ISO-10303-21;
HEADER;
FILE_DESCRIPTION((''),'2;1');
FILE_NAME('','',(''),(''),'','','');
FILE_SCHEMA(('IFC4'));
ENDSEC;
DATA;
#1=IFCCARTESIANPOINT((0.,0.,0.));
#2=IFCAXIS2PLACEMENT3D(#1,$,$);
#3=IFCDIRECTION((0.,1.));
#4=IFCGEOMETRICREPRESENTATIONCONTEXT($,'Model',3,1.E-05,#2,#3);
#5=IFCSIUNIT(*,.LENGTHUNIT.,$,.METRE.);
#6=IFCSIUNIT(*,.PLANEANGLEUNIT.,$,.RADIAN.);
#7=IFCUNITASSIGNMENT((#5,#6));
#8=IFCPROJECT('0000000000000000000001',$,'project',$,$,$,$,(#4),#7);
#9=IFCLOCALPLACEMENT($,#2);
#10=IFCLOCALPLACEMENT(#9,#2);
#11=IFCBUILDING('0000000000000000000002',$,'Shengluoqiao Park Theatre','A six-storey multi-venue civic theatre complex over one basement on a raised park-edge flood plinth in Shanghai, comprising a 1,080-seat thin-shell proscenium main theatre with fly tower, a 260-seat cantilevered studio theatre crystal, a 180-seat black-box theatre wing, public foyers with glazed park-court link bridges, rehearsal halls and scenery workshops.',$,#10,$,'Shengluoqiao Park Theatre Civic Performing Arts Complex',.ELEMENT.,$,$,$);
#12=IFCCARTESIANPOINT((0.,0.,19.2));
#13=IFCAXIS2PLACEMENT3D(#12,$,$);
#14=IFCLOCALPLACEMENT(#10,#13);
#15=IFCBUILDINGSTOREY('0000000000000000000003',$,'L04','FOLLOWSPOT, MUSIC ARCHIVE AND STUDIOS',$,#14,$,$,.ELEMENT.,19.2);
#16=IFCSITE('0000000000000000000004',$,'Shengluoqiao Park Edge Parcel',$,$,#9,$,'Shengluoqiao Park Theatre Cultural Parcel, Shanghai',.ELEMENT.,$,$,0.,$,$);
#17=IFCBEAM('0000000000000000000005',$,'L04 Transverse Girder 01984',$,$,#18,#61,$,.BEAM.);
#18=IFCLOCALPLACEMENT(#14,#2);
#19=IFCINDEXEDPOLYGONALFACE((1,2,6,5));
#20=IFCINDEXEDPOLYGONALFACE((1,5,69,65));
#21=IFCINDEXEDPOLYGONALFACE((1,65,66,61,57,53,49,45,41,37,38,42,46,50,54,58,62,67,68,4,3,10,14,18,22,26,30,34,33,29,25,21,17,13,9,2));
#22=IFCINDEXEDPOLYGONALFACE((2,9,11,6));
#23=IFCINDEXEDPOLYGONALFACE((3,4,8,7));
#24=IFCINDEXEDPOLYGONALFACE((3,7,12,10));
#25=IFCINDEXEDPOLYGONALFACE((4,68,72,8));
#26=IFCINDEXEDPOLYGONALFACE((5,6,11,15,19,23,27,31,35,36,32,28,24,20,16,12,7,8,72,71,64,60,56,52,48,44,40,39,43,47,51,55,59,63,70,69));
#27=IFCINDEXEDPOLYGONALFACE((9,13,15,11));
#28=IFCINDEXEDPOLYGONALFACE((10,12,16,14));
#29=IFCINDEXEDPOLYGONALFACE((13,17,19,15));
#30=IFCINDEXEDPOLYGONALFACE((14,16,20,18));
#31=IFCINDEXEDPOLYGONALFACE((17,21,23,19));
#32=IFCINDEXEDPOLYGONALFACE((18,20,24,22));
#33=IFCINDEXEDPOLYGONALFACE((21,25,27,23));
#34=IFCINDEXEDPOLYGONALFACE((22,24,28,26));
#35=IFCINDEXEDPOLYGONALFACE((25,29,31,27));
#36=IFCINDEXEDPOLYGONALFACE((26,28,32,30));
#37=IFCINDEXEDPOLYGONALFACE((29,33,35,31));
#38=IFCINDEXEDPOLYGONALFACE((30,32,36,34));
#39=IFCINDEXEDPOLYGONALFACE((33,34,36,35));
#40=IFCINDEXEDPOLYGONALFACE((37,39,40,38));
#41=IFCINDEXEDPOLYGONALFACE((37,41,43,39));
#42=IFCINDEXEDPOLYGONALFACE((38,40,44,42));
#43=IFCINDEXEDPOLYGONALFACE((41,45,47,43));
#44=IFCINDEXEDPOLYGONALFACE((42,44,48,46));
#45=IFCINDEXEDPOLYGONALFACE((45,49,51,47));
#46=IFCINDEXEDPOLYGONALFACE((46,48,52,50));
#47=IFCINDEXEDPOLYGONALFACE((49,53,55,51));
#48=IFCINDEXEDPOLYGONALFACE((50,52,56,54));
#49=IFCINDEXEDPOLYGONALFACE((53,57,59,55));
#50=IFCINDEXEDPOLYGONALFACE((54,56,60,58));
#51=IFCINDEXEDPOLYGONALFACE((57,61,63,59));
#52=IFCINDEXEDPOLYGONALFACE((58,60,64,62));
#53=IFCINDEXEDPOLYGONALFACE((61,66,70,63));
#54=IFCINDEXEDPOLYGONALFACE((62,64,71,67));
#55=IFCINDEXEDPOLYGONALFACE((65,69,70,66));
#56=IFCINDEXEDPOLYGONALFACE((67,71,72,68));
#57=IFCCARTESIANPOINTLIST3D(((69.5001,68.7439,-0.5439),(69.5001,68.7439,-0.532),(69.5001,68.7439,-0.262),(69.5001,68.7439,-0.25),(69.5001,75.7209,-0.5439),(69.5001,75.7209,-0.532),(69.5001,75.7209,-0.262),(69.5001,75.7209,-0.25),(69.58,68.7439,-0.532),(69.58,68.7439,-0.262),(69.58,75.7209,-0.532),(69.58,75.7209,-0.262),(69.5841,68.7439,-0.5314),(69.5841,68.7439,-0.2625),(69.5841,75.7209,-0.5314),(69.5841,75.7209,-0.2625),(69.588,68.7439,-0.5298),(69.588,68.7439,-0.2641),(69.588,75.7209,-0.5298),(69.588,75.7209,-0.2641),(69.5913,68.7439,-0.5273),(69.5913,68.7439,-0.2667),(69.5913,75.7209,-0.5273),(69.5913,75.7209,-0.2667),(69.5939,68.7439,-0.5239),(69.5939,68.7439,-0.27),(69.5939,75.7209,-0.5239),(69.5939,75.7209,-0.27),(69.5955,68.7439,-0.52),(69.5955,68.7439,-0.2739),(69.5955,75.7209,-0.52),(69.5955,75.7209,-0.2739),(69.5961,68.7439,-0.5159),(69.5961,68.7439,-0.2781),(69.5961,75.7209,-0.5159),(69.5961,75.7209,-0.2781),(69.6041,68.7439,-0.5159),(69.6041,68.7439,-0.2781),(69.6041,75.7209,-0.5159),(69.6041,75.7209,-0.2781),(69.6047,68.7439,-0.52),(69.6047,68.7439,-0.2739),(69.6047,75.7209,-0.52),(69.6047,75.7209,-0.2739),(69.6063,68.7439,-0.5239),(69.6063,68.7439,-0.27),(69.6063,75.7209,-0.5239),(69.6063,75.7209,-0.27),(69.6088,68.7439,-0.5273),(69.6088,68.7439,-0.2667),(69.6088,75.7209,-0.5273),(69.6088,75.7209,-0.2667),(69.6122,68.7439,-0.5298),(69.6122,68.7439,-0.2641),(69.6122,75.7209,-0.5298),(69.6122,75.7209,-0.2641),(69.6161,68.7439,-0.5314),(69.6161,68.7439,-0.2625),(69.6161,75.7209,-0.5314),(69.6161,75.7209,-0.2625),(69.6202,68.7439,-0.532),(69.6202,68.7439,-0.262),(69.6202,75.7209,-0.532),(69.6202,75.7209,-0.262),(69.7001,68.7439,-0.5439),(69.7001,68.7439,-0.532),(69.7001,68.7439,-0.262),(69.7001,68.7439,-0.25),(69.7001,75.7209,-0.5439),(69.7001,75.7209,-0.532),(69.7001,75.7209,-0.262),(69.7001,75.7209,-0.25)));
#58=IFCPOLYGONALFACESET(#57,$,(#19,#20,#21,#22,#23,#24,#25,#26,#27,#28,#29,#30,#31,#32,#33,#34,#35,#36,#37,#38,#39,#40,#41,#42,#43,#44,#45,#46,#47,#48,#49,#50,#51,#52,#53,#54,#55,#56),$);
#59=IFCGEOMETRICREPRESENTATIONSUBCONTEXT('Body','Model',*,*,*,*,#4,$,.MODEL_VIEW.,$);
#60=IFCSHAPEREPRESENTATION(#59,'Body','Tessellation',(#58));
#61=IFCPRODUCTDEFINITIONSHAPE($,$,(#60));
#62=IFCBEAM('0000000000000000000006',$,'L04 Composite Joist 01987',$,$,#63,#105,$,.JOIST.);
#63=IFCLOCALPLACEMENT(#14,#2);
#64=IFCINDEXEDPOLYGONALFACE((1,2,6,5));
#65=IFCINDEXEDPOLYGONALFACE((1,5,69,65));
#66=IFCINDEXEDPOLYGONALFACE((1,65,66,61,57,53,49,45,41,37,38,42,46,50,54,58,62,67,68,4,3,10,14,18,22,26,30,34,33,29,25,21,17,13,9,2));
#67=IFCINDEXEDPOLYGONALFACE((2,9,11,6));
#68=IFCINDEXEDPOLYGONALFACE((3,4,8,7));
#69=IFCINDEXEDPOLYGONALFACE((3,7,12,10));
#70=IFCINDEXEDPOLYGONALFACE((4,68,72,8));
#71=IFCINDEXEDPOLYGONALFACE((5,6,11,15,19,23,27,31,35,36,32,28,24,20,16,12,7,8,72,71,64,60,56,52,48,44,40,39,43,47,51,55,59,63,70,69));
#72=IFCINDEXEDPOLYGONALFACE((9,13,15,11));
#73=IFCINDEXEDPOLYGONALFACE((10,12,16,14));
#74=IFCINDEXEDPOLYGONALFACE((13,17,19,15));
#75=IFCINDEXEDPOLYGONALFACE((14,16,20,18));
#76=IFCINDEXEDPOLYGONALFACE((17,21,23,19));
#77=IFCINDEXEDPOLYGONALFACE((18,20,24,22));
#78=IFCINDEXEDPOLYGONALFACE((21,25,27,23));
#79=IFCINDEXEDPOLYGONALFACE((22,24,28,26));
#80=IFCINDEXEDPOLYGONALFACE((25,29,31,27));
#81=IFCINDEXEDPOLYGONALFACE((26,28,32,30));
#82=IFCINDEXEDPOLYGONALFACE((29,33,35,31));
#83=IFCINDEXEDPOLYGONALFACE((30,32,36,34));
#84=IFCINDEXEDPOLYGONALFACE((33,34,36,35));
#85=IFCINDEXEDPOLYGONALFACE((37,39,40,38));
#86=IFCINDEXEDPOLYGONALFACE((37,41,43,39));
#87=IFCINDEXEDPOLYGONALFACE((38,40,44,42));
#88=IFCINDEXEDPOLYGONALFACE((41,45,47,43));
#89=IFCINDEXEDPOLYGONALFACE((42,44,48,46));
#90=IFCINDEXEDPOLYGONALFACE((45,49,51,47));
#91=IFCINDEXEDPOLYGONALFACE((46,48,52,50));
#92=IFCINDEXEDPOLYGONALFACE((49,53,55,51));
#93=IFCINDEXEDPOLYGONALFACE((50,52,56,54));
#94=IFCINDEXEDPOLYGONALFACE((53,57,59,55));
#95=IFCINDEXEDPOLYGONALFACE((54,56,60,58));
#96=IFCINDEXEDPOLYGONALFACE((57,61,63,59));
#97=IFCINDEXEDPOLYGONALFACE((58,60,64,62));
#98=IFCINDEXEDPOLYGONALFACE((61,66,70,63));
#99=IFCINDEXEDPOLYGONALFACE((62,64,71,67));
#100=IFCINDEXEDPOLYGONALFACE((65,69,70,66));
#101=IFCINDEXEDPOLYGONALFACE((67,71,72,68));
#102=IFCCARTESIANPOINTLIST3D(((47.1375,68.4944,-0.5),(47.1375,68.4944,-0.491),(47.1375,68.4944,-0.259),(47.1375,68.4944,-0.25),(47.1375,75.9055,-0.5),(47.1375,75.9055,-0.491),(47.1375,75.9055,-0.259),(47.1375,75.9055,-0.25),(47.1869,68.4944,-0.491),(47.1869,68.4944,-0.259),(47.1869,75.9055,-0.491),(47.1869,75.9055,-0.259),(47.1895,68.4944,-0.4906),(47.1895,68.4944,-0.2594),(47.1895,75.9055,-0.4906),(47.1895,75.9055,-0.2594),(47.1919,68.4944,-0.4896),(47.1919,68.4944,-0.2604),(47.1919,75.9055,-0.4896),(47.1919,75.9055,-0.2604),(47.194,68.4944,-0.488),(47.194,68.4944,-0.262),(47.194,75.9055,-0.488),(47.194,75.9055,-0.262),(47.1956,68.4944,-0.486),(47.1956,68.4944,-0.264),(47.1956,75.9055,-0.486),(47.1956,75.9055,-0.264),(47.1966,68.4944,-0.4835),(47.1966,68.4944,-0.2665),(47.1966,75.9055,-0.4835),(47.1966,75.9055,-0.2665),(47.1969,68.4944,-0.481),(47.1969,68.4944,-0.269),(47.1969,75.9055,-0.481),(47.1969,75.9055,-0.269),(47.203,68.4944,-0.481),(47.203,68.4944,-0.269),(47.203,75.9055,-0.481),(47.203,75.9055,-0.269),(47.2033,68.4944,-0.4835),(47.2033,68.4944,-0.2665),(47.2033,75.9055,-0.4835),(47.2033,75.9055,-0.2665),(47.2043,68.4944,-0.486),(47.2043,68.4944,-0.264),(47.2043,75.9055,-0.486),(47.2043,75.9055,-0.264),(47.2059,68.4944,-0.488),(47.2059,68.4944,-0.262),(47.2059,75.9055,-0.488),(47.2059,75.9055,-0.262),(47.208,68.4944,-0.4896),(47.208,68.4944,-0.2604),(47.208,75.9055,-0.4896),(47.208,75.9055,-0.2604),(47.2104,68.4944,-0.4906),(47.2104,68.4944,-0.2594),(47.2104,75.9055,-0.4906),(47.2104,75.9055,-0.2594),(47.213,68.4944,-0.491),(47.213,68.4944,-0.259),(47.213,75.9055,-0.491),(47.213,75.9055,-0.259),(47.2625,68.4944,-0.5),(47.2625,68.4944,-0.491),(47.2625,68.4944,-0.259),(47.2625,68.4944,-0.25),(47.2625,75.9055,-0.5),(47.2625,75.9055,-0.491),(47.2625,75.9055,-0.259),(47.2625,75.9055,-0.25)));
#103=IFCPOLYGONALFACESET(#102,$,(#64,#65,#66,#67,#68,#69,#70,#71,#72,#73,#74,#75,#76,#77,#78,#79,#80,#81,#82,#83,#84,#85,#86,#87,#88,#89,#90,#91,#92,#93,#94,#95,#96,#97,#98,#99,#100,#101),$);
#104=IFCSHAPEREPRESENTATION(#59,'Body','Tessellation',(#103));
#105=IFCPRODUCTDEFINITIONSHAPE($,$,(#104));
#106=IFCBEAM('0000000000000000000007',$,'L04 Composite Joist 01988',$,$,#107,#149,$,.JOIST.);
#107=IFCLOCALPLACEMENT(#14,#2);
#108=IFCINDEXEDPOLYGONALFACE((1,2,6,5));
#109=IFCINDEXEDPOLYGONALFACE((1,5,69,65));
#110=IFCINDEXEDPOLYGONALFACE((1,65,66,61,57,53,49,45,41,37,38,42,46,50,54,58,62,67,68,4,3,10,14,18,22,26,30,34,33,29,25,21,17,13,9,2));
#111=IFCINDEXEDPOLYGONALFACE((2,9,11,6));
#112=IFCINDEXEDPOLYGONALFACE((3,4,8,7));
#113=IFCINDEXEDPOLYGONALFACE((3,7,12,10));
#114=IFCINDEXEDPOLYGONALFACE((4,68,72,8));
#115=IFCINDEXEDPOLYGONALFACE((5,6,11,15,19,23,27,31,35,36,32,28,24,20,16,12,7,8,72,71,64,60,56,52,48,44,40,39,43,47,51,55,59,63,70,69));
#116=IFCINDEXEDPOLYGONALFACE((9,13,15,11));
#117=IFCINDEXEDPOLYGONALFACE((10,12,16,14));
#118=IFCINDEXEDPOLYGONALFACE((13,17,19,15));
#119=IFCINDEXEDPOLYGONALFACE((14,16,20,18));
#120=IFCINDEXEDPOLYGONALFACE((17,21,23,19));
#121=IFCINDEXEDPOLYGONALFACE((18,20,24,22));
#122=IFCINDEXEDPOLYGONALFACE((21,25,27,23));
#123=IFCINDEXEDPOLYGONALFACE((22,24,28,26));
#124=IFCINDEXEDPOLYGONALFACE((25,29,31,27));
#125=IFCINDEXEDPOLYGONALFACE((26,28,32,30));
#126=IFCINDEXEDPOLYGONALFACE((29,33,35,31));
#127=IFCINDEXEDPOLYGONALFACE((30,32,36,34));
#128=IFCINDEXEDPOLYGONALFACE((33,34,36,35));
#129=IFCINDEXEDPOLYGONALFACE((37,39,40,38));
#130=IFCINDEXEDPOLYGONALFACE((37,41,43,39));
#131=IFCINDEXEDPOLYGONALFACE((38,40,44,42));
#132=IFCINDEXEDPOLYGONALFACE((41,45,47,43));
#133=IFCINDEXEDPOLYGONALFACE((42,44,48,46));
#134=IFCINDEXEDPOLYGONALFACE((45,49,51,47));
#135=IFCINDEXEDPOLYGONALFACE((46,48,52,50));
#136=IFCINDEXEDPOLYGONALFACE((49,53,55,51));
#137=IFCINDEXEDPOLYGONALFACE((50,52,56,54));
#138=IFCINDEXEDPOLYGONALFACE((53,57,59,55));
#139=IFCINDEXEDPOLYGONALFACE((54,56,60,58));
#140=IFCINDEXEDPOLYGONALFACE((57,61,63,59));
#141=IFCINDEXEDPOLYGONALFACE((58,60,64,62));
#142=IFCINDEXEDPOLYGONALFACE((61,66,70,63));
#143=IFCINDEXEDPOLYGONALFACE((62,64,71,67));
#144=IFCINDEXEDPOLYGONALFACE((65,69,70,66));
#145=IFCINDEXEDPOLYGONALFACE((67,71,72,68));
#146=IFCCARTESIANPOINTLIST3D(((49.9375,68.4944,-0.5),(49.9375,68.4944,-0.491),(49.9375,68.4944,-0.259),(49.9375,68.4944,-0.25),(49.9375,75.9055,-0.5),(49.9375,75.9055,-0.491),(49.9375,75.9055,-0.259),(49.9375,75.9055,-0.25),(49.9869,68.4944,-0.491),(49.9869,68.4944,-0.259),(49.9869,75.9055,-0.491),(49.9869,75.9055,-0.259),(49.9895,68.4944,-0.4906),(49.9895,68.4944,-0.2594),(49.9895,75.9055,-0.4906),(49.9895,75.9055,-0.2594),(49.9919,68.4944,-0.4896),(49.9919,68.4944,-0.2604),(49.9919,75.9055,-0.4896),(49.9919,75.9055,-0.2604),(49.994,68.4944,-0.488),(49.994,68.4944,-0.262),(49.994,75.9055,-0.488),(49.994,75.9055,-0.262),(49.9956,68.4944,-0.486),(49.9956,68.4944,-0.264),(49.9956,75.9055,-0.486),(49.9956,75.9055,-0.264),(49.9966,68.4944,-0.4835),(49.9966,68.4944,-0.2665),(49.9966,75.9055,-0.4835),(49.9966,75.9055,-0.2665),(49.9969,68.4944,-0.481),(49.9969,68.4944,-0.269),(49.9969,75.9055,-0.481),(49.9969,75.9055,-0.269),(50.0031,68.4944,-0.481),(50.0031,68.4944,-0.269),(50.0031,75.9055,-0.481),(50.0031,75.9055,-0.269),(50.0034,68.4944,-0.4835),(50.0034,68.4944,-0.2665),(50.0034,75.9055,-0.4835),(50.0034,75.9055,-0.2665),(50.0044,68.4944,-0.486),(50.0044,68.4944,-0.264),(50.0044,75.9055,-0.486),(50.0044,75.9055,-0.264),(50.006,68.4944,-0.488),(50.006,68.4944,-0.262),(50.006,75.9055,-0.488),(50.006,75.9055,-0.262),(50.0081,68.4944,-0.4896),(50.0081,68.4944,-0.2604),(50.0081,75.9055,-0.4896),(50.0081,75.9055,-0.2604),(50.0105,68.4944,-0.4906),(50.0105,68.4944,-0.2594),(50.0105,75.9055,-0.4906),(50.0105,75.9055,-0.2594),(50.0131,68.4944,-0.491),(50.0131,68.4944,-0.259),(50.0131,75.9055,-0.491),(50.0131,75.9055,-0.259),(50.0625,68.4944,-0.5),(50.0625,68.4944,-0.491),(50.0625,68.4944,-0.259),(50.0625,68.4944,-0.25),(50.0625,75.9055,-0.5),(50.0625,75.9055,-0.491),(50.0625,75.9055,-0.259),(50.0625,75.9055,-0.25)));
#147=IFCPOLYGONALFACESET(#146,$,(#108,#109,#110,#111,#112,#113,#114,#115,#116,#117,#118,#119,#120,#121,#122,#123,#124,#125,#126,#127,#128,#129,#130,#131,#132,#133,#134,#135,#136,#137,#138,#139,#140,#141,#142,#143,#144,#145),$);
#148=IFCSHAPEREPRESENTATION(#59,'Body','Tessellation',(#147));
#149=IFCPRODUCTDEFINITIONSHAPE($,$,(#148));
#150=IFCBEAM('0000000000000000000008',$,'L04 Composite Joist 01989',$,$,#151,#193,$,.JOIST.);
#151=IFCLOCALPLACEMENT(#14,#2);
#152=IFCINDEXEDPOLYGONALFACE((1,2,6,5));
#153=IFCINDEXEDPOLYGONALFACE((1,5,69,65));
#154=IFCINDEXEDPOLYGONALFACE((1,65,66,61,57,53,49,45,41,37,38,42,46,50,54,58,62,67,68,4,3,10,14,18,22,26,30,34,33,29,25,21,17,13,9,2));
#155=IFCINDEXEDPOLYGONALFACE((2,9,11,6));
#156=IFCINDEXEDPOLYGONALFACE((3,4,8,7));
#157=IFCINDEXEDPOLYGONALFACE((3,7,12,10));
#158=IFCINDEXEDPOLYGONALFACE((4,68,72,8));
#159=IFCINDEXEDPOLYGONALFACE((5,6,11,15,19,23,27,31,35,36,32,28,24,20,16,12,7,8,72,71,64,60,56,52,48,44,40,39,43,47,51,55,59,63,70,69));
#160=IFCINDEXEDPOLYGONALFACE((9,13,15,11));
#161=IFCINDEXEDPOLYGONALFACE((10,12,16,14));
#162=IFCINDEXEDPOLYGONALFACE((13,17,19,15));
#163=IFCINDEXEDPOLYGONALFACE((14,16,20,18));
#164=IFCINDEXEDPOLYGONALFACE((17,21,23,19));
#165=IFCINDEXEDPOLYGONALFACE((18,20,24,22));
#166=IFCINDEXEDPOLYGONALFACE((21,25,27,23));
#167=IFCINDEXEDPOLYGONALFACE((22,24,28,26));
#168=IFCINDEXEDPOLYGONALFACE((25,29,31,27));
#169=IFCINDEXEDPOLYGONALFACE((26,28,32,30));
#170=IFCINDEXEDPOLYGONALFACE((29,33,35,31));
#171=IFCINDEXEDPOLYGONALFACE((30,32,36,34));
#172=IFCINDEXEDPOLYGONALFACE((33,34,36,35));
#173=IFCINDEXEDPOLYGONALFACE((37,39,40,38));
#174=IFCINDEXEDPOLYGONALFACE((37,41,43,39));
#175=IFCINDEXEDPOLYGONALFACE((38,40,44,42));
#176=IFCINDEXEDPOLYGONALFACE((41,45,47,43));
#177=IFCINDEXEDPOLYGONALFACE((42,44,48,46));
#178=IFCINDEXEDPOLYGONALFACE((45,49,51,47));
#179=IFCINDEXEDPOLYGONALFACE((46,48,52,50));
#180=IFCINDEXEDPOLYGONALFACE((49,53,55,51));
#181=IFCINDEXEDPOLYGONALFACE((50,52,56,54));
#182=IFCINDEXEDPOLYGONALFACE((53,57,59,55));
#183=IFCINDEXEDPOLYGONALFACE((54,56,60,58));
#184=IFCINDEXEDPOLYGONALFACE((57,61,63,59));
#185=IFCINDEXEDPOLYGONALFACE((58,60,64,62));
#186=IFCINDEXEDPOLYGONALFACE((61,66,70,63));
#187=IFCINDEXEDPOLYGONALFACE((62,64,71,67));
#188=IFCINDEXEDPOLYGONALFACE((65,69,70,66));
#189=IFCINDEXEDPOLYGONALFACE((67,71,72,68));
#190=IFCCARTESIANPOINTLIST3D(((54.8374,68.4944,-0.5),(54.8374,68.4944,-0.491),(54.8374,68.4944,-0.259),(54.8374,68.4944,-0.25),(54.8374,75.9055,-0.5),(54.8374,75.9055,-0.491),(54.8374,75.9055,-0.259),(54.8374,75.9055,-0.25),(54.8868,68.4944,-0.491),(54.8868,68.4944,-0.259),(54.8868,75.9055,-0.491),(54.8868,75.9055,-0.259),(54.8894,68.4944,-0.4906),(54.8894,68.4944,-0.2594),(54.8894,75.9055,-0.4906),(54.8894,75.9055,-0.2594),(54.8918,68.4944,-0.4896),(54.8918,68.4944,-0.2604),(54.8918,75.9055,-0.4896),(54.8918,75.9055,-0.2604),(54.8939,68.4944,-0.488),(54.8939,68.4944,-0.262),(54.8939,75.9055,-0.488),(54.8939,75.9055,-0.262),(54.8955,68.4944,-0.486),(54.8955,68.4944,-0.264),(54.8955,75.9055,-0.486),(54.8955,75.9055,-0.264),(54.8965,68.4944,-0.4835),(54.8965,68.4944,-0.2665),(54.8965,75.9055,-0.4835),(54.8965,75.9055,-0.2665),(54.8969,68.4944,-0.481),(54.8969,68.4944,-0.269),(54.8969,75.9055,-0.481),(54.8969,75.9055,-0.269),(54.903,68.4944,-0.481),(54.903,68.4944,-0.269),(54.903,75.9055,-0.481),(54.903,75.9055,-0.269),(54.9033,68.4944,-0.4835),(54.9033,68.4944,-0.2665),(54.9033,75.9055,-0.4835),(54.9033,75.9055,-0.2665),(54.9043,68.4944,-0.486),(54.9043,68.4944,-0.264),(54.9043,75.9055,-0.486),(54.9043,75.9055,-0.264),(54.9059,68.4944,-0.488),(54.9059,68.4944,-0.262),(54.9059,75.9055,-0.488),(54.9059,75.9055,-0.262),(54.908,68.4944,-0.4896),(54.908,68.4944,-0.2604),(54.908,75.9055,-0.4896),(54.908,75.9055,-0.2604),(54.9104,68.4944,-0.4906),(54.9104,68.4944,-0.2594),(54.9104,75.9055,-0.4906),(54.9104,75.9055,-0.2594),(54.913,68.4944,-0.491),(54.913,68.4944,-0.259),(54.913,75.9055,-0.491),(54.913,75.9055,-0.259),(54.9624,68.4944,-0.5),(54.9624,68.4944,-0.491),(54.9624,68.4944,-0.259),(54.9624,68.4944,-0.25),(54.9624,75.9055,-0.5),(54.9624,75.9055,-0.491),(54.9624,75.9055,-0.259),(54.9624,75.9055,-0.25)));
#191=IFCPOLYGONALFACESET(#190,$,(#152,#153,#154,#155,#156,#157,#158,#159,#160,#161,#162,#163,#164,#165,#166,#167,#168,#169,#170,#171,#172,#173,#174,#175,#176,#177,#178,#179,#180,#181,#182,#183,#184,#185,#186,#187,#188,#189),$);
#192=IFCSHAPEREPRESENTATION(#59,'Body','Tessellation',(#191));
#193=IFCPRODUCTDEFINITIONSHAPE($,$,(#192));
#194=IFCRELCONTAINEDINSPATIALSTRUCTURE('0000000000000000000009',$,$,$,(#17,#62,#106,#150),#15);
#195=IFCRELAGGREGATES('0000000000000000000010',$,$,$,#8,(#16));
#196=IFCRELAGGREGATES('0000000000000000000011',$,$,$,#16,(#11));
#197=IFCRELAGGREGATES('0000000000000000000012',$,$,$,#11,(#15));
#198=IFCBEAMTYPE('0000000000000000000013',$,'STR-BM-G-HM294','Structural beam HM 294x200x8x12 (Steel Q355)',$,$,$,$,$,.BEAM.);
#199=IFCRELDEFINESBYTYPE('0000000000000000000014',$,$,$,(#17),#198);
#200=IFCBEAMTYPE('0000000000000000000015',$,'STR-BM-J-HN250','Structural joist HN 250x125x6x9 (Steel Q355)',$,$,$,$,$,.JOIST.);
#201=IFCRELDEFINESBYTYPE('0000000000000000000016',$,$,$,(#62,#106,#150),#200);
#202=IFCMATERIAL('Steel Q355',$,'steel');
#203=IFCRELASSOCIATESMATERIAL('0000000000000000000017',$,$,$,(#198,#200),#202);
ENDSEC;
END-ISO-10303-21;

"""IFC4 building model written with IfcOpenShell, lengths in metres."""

from ifc_helpers import new_model, si_unit, direction, frame, origin, origin_2d, place, context, subcontext, project, spatial, i_section, extrude, material, material_profile, profile_set, type_object, element, save


model = new_model("IFC4")

# Units and contexts
model_context = context("Model", 3, precision=1e-05, world=origin(), true_north=direction((0.0, 1.0)))
body_context = subcontext(model_context, "Body", "Model", "MODEL_VIEW")
ifc_project = project(units=[si_unit("LENGTHUNIT", "METRE"), si_unit("PLANEANGLEUNIT", "RADIAN")], contexts=[model_context])

# Site, building, storey
site_placement = place(None, origin())
site = spatial("IfcSite", under=ifc_project, at=site_placement, Name="Shengluoqiao Park Edge Parcel", LongName="Shengluoqiao Park Theatre Cultural Parcel, Shanghai", CompositionType="ELEMENT", RefElevation=0.0)
building_placement = place(site_placement, origin())
building = spatial("IfcBuilding", under=site, at=building_placement, Name="Shengluoqiao Park Theatre", Description="A six-storey multi-venue civic theatre complex over one basement on a raised park-edge flood plinth in Shanghai, comprising a 1,080-seat thin-shell proscenium main theatre with fly tower, a 260-seat cantilevered studio theatre crystal, a 180-seat black-box theatre wing, public foyers with glazed park-court link bridges, rehearsal halls and scenery workshops.", LongName="Shengluoqiao Park Theatre Civic Performing Arts Complex", CompositionType="ELEMENT")
storey_placement = place(building_placement, frame((0.0, 0.0, 19.2)))
storey = spatial("IfcBuildingStorey", under=building, at=storey_placement, Name="L04", Description="FOLLOWSPOT, MUSIC ARCHIVE AND STUDIOS", CompositionType="ELEMENT", Elevation=19.2)

# Beams
ifc_material_1 = material(Name="Steel Q355", Category="steel")
ifc_material_profile_1 = material_profile(ifc_material_1, i_section(OverallWidth=0.2, OverallDepth=0.2939, WebThickness=0.0081, FlangeThickness=0.012, FilletRadius=0.0161, at=origin_2d()), Name="HM 294x200x8x12")
ifc_profile_set_1 = profile_set([ifc_material_profile_1], Name="Steel Q355")
beam_type_1 = type_object("IfcBeamType", Name="STR-BM-G-HM294", Description="Structural beam HM 294x200x8x12 (Steel Q355)", PredefinedType="BEAM", material=ifc_profile_set_1)
for number, where, z_axis, x_axis, name in (
    (1, (69.6001, 68.7439, -0.397), (0.0, 1.0, 0.0), (-1.0, 0.0, 0.0), "L04 Transverse Girder 01984"),
):
    element("IfcBeam", number, at=place(storey_placement, frame(where, z_axis=z_axis, x_axis=x_axis)), inside=storey, type_object=beam_type_1, Name=name, PredefinedType="BEAM", context=body_context, shape_type="SweptSolid", body=[
        extrude(i_section(OverallWidth=0.2, OverallDepth=0.2939, WebThickness=0.0081, FlangeThickness=0.012, FilletRadius=0.0161, at=origin_2d()), origin(), (0.0, 0.0, 1.0), 6.9771),
    ])
ifc_material_profile_2 = material_profile(ifc_material_1, i_section(OverallWidth=0.125, OverallDepth=0.25, WebThickness=0.0061, FlangeThickness=0.009, FilletRadius=0.01, at=origin_2d()), Name="HN 250x125x6x9")
ifc_profile_set_2 = profile_set([ifc_material_profile_2], Name="Steel Q355")
beam_type_2 = type_object("IfcBeamType", Name="STR-BM-J-HN250", Description="Structural joist HN 250x125x6x9 (Steel Q355)", PredefinedType="JOIST", material=ifc_profile_set_2)
for number, where, z_axis, x_axis, name in (
    (2, (47.2, 68.4944, -0.375), (0.0, 1.0, 0.0), (-1.0, 0.0, 0.0), "L04 Composite Joist 01987"),
    (3, (50.0, 68.4944, -0.375), (0.0, 1.0, 0.0), (-1.0, 0.0, 0.0), "L04 Composite Joist 01988"),
    (4, (54.8999, 68.4944, -0.375), (0.0, 1.0, 0.0), (-1.0, 0.0, 0.0), "L04 Composite Joist 01989"),
):
    element("IfcBeam", number, at=place(storey_placement, frame(where, z_axis=z_axis, x_axis=x_axis)), inside=storey, type_object=beam_type_2, Name=name, PredefinedType="JOIST", context=body_context, shape_type="SweptSolid", body=[
        extrude(i_section(OverallWidth=0.125, OverallDepth=0.25, WebThickness=0.0061, FlangeThickness=0.009, FilletRadius=0.01, at=origin_2d()), origin(), (0.0, 0.0, 1.0), 7.4111),
    ])

save(model, "model.ifc")
